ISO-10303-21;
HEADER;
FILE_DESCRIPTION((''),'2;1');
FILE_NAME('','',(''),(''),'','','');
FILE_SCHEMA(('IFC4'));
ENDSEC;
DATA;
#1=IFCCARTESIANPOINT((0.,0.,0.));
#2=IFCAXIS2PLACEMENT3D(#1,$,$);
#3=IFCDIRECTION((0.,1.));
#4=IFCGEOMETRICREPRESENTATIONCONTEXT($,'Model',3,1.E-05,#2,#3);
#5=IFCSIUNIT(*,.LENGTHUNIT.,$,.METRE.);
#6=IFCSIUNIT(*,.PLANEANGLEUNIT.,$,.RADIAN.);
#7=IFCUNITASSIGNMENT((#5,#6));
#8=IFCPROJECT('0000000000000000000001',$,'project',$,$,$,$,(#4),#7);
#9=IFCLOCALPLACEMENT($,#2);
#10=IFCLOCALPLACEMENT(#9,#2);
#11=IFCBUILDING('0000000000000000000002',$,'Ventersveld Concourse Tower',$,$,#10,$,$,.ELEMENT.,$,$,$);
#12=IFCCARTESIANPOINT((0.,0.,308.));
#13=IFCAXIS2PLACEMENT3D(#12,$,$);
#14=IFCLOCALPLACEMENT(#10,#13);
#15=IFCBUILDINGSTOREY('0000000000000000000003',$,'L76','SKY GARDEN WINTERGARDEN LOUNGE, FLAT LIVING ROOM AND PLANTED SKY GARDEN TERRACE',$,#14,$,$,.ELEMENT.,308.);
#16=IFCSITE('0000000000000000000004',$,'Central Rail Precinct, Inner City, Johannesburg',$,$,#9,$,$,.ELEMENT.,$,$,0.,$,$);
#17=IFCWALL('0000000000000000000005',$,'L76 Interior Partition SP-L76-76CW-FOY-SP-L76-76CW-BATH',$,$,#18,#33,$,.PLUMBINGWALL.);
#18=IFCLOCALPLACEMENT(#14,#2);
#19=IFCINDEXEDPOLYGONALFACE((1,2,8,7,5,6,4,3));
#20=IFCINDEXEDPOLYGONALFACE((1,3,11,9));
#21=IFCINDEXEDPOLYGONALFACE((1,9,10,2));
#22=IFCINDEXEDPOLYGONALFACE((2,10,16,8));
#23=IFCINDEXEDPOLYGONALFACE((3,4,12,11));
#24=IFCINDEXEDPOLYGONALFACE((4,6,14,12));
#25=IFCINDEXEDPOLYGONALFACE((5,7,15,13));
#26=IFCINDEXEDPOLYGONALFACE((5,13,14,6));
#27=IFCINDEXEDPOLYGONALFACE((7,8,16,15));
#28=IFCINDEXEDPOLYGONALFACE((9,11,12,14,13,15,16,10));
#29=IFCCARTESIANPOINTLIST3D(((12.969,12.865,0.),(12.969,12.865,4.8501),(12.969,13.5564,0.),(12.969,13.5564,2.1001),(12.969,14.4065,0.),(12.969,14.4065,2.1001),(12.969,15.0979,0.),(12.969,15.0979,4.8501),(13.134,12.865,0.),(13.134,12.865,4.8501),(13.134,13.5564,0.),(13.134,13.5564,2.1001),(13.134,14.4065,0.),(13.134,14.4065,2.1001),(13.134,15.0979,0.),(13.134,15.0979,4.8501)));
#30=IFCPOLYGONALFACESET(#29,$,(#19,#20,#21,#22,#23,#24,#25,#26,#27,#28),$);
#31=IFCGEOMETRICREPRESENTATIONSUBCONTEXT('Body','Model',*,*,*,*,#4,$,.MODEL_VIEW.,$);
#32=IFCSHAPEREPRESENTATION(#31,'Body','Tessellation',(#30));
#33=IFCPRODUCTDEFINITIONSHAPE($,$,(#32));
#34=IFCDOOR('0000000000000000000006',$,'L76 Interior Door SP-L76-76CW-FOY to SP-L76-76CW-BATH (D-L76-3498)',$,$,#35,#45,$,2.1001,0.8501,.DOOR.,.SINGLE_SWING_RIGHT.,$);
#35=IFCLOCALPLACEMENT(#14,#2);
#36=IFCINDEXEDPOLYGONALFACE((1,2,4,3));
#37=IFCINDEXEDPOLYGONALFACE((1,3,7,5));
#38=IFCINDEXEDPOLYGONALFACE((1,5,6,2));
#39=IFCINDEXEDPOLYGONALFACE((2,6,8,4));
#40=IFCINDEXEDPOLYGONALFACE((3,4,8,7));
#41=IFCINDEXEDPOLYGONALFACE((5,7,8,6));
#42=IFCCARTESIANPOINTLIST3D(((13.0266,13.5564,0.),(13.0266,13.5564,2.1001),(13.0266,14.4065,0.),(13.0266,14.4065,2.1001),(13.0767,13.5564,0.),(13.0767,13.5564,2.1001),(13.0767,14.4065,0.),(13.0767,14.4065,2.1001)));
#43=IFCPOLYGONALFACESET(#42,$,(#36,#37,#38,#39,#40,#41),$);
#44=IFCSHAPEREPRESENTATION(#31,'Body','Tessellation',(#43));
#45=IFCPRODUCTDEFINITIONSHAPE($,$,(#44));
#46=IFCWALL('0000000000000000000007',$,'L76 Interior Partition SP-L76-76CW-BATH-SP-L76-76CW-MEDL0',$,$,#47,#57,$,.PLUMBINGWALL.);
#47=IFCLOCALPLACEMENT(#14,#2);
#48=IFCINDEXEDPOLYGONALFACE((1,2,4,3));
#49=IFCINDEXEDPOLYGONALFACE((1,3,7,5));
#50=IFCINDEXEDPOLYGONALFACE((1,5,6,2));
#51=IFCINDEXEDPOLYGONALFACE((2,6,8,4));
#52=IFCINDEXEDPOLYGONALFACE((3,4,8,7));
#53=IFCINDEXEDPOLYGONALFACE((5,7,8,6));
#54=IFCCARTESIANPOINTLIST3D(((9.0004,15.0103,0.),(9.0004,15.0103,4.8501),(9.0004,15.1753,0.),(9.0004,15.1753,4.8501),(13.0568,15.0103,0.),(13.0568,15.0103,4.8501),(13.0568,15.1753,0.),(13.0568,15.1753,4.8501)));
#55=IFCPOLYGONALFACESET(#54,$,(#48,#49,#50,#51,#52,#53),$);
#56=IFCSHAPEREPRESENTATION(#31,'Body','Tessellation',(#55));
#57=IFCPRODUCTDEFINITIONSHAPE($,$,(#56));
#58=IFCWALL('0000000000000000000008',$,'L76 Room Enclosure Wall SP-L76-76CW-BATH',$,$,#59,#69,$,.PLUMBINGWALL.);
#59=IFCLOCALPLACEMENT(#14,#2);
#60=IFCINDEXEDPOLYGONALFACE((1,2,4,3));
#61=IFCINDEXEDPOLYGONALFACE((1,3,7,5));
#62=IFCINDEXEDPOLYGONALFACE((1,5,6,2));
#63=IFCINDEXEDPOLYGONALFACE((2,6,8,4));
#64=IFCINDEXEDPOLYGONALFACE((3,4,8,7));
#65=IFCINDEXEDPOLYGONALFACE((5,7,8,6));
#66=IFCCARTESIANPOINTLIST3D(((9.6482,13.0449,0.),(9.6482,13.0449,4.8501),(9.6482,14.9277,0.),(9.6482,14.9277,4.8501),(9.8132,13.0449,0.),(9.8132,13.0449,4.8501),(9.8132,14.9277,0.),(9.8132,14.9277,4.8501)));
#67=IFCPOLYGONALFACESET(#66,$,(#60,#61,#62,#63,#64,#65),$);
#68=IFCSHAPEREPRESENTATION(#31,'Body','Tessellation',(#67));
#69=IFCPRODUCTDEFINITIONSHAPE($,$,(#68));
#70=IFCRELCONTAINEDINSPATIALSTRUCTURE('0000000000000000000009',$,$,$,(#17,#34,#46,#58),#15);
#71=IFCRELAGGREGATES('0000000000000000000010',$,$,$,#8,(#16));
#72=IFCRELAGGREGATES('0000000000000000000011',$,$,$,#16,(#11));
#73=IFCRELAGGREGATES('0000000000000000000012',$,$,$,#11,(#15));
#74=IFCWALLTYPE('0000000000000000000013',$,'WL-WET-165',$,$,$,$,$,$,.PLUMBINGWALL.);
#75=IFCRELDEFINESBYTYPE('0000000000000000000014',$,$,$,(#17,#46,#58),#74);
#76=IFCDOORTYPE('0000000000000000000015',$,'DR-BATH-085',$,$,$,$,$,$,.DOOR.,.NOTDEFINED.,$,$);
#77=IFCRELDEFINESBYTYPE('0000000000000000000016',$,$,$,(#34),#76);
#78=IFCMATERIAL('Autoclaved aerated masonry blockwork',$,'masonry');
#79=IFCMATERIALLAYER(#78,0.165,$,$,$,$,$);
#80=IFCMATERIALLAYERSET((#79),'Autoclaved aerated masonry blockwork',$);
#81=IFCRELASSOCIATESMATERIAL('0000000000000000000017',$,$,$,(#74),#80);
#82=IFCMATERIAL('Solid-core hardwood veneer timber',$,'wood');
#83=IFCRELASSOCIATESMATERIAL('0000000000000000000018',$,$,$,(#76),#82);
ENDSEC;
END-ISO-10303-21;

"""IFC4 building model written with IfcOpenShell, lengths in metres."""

from ifc_helpers import new_model, si_unit, direction, frame, frame_2d, origin, place, context, subcontext, project, spatial, rectangle, extrude, material, layer, layer_set, type_object, element, fill, save


model = new_model("IFC4")

# Units and contexts
model_context = context("Model", 3, precision=1e-05, world=origin(), true_north=direction((0.0, 1.0)))
body_context = subcontext(model_context, "Body", "Model", "MODEL_VIEW")
ifc_project = project(units=[si_unit("LENGTHUNIT", "METRE"), si_unit("PLANEANGLEUNIT", "RADIAN")], contexts=[model_context])

# Site, building, storey
site_placement = place(None, origin())
site = spatial("IfcSite", under=ifc_project, at=site_placement, Name="Central Rail Precinct, Inner City, Johannesburg", CompositionType="ELEMENT", RefElevation=0.0)
building_placement = place(site_placement, origin())
building = spatial("IfcBuilding", under=site, at=building_placement, Name="Ventersveld Concourse Tower", CompositionType="ELEMENT")
storey_placement = place(building_placement, frame((0.0, 0.0, 308.0)))
storey = spatial("IfcBuildingStorey", under=building, at=storey_placement, Name="L76", Description="SKY GARDEN WINTERGARDEN LOUNGE, FLAT LIVING ROOM AND PLANTED SKY GARDEN TERRACE", CompositionType="ELEMENT", Elevation=308.0)

# Shared definitions
ifc_material_1 = material(Name="Solid-core hardwood veneer timber", Category="wood")

# Shared definitions
ifc_material_2 = material(Name="Autoclaved aerated masonry blockwork", Category="masonry")

# Wall, opening, door
ifc_layer_1 = layer(ifc_material_2, 0.165)
ifc_layer_set_1 = layer_set([ifc_layer_1], Name="Autoclaved aerated masonry blockwork")
wall_type_1 = type_object("IfcWallType", Name="WL-WET-165", PredefinedType="PLUMBINGWALL", material=ifc_layer_set_1)
wall_1_placement = place(storey_placement, frame((13.0515, 12.865, 0.0), z_axis=(0.0, 0.0, 1.0), x_axis=(0.0, 1.0, 0.0)))
wall_1 = element("IfcWall", 1, at=wall_1_placement, inside=storey, type_object=wall_type_1, Name="L76 Interior Partition SP-L76-76CW-FOY-SP-L76-76CW-BATH", PredefinedType="PLUMBINGWALL", context=body_context, shape_type="SweptSolid", body=[
    extrude(rectangle(XDim=2.2329, YDim=0.165, at=frame_2d((1.1165, 0.0))), origin(), (0.0, 0.0, 1.0), 4.8501),
])
opening_1_placement = place(wall_1_placement, frame((0.6914, 0.0, 0.0)))
opening_1 = element("IfcOpeningElement", 2, at=opening_1_placement, cuts=wall_1, PredefinedType="OPENING", context=body_context, shape_type="SweptSolid", body=[
    extrude(rectangle(XDim=0.8501, YDim=2.1001, at=frame_2d((0.425, 1.05))), frame((0.0, 0.0925, 0.0), z_axis=(0.0, -1.0, 0.0), x_axis=(1.0, 0.0, 0.0)), (0.0, 0.0, 1.0), 0.1851),
])
door_type_1 = type_object("IfcDoorType", Name="DR-BATH-085", OperationType="NOTDEFINED", PredefinedType="DOOR", material=ifc_material_1)
door_1_placement = place(opening_1_placement, origin())
door_1 = element("IfcDoor", 3, at=door_1_placement, inside=storey, type_object=door_type_1, Name="L76 Interior Door SP-L76-76CW-FOY to SP-L76-76CW-BATH (D-L76-3498)", OperationType="SINGLE_SWING_RIGHT", OverallHeight=2.1001, OverallWidth=0.8501, PredefinedType="DOOR", context=body_context, shape_type="SweptSolid", body=[
    extrude(rectangle(XDim=0.8501, YDim=2.1001, at=frame_2d((0.425, 1.05))), frame((0.0, 0.0249, 0.0), z_axis=(0.0, -1.0, 0.0), x_axis=(1.0, 0.0, 0.0)), (0.0, 0.0, 1.0), 0.05),
])
fill(opening_1, door_1)

# Walls
wall_2_placement = place(storey_placement, frame((9.0002, 15.0928, 0.0), z_axis=(0.0, 0.0, 1.0), x_axis=(1.0, 0.0, 0.0)))
element("IfcWall", 4, at=wall_2_placement, inside=storey, type_object=wall_type_1, Name="L76 Interior Partition SP-L76-76CW-BATH-SP-L76-76CW-MEDL0", PredefinedType="PLUMBINGWALL", context=body_context, shape_type="SweptSolid", body=[
    extrude(rectangle(XDim=4.0564, YDim=0.165, at=frame_2d((2.0283, 0.0))), origin(), (0.0, 0.0, 1.0), 4.8501),
])
wall_3_placement = place(storey_placement, frame((9.7307, 13.0449, 0.0), z_axis=(0.0, 0.0, 1.0), x_axis=(0.0, 1.0, 0.0)))
element("IfcWall", 5, at=wall_3_placement, inside=storey, type_object=wall_type_1, Name="L76 Room Enclosure Wall SP-L76-76CW-BATH", PredefinedType="PLUMBINGWALL", context=body_context, shape_type="SweptSolid", body=[
    extrude(rectangle(XDim=1.8828, YDim=0.165, at=frame_2d((0.9414, 0.0))), origin(), (0.0, 0.0, 1.0), 4.8501),
])

save(model, "model.ifc")
